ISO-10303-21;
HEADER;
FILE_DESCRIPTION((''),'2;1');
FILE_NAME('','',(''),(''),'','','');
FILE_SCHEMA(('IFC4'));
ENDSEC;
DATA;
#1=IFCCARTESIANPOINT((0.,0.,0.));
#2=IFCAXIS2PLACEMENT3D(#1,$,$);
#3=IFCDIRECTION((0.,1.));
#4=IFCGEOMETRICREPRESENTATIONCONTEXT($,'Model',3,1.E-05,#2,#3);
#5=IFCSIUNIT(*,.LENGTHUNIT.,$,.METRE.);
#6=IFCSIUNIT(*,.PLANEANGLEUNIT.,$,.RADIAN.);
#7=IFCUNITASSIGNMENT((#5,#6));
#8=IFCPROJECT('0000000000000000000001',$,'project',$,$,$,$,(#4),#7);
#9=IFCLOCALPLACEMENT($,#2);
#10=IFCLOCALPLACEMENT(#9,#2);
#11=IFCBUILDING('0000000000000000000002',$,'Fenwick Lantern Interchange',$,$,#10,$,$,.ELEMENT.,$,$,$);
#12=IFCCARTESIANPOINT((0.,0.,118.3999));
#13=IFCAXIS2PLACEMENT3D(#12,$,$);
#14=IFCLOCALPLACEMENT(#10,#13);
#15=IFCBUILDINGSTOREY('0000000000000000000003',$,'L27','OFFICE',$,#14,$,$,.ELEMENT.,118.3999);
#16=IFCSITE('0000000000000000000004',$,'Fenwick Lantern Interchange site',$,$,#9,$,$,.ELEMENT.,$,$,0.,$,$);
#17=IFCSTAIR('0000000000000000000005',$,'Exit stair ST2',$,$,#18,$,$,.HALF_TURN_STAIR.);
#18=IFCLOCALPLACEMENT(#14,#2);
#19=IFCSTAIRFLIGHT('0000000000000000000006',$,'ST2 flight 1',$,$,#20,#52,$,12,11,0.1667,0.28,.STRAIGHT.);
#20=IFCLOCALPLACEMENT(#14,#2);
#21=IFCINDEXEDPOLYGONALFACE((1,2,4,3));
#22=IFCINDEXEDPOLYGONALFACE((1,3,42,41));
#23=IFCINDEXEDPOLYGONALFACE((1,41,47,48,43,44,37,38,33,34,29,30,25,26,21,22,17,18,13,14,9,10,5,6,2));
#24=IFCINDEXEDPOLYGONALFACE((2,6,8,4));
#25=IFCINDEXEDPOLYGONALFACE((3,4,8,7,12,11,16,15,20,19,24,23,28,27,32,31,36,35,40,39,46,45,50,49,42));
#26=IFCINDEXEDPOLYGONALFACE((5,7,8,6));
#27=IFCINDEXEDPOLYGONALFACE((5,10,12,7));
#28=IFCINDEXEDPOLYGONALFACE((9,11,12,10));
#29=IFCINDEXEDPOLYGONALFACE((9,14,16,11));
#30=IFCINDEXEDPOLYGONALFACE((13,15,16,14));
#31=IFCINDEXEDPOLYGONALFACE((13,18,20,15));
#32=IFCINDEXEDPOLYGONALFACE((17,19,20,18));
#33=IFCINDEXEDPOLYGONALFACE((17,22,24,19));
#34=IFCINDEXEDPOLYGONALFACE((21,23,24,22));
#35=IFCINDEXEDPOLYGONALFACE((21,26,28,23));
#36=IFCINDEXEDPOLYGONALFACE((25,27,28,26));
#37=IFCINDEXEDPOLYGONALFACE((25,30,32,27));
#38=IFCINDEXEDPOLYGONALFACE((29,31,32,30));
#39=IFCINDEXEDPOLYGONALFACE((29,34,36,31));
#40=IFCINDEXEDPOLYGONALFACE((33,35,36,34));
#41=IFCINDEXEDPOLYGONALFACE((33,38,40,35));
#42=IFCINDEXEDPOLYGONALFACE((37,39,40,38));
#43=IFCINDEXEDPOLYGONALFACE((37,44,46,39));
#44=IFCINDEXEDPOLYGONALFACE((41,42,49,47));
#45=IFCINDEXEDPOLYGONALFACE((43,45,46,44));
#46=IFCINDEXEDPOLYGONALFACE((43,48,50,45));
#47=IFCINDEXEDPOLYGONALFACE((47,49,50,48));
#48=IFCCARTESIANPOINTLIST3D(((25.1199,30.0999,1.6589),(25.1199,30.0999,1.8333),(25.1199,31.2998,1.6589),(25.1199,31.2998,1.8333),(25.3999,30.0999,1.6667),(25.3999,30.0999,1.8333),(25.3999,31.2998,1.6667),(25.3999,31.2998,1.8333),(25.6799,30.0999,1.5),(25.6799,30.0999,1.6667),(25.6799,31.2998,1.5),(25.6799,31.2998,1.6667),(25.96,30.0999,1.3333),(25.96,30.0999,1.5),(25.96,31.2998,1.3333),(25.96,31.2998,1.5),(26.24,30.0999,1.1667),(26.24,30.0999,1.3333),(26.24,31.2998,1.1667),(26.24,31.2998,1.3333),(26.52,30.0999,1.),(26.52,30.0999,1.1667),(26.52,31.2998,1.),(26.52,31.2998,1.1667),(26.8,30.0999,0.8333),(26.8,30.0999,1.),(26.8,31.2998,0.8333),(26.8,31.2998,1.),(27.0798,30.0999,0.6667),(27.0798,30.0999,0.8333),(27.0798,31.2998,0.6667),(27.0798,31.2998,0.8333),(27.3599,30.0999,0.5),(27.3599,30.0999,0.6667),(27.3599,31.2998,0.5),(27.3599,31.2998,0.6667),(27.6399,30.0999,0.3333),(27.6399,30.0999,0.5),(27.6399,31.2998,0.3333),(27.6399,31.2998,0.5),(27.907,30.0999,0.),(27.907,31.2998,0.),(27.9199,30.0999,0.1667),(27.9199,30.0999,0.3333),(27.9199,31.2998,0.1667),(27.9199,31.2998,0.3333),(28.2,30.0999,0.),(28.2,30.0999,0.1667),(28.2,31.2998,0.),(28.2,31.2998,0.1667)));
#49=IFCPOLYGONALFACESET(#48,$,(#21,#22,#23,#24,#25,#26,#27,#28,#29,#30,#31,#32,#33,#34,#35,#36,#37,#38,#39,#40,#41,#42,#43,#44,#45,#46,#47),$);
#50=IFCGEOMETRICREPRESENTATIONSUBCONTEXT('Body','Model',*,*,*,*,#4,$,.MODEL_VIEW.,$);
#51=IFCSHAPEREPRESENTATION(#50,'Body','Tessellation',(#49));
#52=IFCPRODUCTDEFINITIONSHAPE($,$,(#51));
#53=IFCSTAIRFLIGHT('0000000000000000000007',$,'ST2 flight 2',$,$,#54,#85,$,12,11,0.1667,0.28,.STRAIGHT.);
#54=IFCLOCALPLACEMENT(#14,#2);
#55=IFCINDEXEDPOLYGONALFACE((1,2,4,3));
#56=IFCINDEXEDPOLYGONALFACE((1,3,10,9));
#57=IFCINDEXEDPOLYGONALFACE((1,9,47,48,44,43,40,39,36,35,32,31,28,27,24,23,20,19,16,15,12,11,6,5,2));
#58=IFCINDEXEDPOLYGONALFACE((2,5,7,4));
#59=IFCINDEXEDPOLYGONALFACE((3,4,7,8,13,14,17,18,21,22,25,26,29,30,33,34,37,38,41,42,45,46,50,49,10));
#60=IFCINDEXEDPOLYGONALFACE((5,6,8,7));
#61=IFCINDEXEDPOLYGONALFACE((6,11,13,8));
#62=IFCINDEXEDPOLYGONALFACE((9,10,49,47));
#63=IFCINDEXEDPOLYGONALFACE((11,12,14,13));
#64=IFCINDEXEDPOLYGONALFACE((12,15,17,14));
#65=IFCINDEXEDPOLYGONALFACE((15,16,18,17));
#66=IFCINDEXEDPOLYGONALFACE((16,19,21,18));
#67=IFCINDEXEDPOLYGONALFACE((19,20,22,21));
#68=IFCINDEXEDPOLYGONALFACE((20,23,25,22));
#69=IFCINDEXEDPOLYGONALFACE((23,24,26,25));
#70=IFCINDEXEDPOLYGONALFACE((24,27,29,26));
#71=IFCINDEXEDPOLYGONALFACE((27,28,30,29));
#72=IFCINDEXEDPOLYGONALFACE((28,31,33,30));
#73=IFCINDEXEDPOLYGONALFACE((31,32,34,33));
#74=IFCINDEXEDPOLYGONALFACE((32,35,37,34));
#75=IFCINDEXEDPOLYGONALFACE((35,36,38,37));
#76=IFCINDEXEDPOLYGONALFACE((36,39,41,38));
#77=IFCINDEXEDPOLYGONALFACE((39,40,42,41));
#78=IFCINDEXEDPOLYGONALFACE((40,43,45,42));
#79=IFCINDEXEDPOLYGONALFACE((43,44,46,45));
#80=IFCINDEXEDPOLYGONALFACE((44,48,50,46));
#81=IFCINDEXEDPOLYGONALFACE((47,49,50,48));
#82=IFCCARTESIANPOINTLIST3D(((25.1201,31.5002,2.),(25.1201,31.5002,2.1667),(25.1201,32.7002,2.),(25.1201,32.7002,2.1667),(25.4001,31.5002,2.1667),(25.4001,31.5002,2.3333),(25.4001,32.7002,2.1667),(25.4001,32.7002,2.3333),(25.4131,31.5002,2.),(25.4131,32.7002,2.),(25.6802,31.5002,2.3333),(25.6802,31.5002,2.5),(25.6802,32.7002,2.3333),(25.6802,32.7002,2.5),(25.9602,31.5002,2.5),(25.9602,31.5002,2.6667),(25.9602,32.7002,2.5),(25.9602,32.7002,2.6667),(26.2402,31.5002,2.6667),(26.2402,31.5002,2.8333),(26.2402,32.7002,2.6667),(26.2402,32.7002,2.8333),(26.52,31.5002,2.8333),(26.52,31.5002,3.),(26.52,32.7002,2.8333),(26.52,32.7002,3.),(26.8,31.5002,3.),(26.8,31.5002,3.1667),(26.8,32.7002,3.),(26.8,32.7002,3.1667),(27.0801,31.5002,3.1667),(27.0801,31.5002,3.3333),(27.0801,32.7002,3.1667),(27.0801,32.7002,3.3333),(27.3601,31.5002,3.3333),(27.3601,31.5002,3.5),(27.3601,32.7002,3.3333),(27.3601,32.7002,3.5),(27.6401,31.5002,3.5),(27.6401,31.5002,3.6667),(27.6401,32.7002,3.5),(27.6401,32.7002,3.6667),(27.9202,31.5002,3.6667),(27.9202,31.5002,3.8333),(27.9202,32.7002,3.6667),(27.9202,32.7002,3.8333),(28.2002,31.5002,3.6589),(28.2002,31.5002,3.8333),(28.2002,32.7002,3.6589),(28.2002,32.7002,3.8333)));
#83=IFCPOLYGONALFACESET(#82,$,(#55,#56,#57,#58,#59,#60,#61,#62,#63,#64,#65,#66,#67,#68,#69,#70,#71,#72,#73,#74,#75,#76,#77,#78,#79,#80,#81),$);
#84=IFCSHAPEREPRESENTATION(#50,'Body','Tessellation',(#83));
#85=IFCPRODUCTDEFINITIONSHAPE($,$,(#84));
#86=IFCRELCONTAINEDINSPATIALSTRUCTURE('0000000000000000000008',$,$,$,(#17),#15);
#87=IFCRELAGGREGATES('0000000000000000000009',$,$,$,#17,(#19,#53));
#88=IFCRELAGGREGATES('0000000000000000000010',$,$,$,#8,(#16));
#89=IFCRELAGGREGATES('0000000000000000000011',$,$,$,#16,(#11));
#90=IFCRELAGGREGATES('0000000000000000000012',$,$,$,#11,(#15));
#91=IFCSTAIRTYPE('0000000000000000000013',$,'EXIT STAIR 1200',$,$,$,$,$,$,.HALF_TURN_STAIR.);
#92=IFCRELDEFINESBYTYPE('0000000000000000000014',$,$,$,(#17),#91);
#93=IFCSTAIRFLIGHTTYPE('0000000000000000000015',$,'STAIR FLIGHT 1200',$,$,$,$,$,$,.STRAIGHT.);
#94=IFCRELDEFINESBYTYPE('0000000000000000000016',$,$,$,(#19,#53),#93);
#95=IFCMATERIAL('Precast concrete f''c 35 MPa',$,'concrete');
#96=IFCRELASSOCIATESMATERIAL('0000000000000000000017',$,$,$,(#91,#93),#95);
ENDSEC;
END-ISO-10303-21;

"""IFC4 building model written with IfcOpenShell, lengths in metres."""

from ifc_helpers import new_model, si_unit, direction, frame, origin, place, context, subcontext, project, spatial, polyline, outline, extrude, material, type_object, element, aggregate, save


model = new_model("IFC4")

# Units and contexts
model_context = context("Model", 3, precision=1e-05, world=origin(), true_north=direction((0.0, 1.0)))
body_context = subcontext(model_context, "Body", "Model", "MODEL_VIEW")
ifc_project = project(units=[si_unit("LENGTHUNIT", "METRE"), si_unit("PLANEANGLEUNIT", "RADIAN")], contexts=[model_context])

# Site, building, storey
site_placement = place(None, origin())
site = spatial("IfcSite", under=ifc_project, at=site_placement, Name="Fenwick Lantern Interchange site", CompositionType="ELEMENT", RefElevation=0.0)
building_placement = place(site_placement, origin())
building = spatial("IfcBuilding", under=site, at=building_placement, Name="Fenwick Lantern Interchange", CompositionType="ELEMENT")
storey_placement = place(building_placement, frame((0.0, 0.0, 118.3999)))
storey = spatial("IfcBuildingStorey", under=building, at=storey_placement, Name="L27", Description="OFFICE", CompositionType="ELEMENT", Elevation=118.3999)

# Stair, stair flights
ifc_material_1 = material(Name="Precast concrete f'c 35 MPa", Category="concrete")
stair_type = type_object("IfcStairType", Name="EXIT STAIR 1200", PredefinedType="HALF_TURN_STAIR", material=ifc_material_1)
stair_placement = place(storey_placement, origin())
stair = element("IfcStair", 1, at=stair_placement, inside=storey, type_object=stair_type, Name="Exit stair ST2", PredefinedType="HALF_TURN_STAIR")
stair_flight_type = type_object("IfcStairFlightType", Name="STAIR FLIGHT 1200", PredefinedType="STRAIGHT", material=ifc_material_1)
stair_flight_1_placement = place(storey_placement, frame((28.2, 30.7, 0.0), z_axis=(0.0, 0.0, 1.0), x_axis=(-1.0, 0.0, 0.0)))
stair_flight_1 = element("IfcStairFlight", 2, at=stair_flight_1_placement, type_object=stair_flight_type, Name="ST2 flight 1", NumberOfRisers=12, NumberOfTreads=11, PredefinedType="STRAIGHT", RiserHeight=0.1667, TreadLength=0.28, context=body_context, shape_type="SweptSolid", body=[
    extrude(outline(polyline([(0.0, 0.0), (0.0, 0.1667), (0.28, 0.1667), (0.28, 0.3333), (0.5601, 0.3333), (0.5601, 0.5), (0.8401, 0.5), (0.8401, 0.6667), (1.1201, 0.6667), (1.1201, 0.8333), (1.3999, 0.8333), (1.3999, 1.0), (1.6799, 1.0), (1.6799, 1.1667), (1.96, 1.1667), (1.96, 1.3333), (2.24, 1.3333), (2.24, 1.5), (2.52, 1.5), (2.52, 1.6667), (2.8, 1.6667), (2.8, 1.8333), (3.0801, 1.8333), (3.0801, 2.0), (3.0801, 1.6589), (0.293, 0.0), (0.0, 0.0)])), frame((0.0, 0.6001, 0.0), z_axis=(0.0, -1.0, 0.0), x_axis=(1.0, 0.0, 0.0)), (0.0, 0.0, 1.0), 1.2),
])
stair_flight_2_placement = place(storey_placement, frame((25.1201, 32.1001, 2.0), z_axis=(0.0, 0.0, 1.0), x_axis=(1.0, 0.0, 0.0)))
stair_flight_2 = element("IfcStairFlight", 3, at=stair_flight_2_placement, type_object=stair_flight_type, Name="ST2 flight 2", NumberOfRisers=12, NumberOfTreads=11, PredefinedType="STRAIGHT", RiserHeight=0.1667, TreadLength=0.28, context=body_context, shape_type="SweptSolid", body=[
    extrude(outline(polyline([(0.0, 0.0), (0.0, 0.1667), (0.28, 0.1667), (0.28, 0.3333), (0.5601, 0.3333), (0.5601, 0.5), (0.8401, 0.5), (0.8401, 0.6667), (1.1201, 0.6667), (1.1201, 0.8333), (1.3999, 0.8333), (1.3999, 1.0), (1.6799, 1.0), (1.6799, 1.1667), (1.96, 1.1667), (1.96, 1.3333), (2.24, 1.3333), (2.24, 1.5), (2.52, 1.5), (2.52, 1.6667), (2.8, 1.6667), (2.8, 1.8333), (3.0801, 1.8333), (3.0801, 2.0), (3.0801, 1.6589), (0.293, 0.0), (0.0, 0.0)])), frame((0.0, 0.6001, 0.0), z_axis=(0.0, -1.0, 0.0), x_axis=(1.0, 0.0, 0.0)), (0.0, 0.0, 1.0), 1.2),
])
aggregate(stair, [stair_flight_1, stair_flight_2])

save(model, "model.ifc")
